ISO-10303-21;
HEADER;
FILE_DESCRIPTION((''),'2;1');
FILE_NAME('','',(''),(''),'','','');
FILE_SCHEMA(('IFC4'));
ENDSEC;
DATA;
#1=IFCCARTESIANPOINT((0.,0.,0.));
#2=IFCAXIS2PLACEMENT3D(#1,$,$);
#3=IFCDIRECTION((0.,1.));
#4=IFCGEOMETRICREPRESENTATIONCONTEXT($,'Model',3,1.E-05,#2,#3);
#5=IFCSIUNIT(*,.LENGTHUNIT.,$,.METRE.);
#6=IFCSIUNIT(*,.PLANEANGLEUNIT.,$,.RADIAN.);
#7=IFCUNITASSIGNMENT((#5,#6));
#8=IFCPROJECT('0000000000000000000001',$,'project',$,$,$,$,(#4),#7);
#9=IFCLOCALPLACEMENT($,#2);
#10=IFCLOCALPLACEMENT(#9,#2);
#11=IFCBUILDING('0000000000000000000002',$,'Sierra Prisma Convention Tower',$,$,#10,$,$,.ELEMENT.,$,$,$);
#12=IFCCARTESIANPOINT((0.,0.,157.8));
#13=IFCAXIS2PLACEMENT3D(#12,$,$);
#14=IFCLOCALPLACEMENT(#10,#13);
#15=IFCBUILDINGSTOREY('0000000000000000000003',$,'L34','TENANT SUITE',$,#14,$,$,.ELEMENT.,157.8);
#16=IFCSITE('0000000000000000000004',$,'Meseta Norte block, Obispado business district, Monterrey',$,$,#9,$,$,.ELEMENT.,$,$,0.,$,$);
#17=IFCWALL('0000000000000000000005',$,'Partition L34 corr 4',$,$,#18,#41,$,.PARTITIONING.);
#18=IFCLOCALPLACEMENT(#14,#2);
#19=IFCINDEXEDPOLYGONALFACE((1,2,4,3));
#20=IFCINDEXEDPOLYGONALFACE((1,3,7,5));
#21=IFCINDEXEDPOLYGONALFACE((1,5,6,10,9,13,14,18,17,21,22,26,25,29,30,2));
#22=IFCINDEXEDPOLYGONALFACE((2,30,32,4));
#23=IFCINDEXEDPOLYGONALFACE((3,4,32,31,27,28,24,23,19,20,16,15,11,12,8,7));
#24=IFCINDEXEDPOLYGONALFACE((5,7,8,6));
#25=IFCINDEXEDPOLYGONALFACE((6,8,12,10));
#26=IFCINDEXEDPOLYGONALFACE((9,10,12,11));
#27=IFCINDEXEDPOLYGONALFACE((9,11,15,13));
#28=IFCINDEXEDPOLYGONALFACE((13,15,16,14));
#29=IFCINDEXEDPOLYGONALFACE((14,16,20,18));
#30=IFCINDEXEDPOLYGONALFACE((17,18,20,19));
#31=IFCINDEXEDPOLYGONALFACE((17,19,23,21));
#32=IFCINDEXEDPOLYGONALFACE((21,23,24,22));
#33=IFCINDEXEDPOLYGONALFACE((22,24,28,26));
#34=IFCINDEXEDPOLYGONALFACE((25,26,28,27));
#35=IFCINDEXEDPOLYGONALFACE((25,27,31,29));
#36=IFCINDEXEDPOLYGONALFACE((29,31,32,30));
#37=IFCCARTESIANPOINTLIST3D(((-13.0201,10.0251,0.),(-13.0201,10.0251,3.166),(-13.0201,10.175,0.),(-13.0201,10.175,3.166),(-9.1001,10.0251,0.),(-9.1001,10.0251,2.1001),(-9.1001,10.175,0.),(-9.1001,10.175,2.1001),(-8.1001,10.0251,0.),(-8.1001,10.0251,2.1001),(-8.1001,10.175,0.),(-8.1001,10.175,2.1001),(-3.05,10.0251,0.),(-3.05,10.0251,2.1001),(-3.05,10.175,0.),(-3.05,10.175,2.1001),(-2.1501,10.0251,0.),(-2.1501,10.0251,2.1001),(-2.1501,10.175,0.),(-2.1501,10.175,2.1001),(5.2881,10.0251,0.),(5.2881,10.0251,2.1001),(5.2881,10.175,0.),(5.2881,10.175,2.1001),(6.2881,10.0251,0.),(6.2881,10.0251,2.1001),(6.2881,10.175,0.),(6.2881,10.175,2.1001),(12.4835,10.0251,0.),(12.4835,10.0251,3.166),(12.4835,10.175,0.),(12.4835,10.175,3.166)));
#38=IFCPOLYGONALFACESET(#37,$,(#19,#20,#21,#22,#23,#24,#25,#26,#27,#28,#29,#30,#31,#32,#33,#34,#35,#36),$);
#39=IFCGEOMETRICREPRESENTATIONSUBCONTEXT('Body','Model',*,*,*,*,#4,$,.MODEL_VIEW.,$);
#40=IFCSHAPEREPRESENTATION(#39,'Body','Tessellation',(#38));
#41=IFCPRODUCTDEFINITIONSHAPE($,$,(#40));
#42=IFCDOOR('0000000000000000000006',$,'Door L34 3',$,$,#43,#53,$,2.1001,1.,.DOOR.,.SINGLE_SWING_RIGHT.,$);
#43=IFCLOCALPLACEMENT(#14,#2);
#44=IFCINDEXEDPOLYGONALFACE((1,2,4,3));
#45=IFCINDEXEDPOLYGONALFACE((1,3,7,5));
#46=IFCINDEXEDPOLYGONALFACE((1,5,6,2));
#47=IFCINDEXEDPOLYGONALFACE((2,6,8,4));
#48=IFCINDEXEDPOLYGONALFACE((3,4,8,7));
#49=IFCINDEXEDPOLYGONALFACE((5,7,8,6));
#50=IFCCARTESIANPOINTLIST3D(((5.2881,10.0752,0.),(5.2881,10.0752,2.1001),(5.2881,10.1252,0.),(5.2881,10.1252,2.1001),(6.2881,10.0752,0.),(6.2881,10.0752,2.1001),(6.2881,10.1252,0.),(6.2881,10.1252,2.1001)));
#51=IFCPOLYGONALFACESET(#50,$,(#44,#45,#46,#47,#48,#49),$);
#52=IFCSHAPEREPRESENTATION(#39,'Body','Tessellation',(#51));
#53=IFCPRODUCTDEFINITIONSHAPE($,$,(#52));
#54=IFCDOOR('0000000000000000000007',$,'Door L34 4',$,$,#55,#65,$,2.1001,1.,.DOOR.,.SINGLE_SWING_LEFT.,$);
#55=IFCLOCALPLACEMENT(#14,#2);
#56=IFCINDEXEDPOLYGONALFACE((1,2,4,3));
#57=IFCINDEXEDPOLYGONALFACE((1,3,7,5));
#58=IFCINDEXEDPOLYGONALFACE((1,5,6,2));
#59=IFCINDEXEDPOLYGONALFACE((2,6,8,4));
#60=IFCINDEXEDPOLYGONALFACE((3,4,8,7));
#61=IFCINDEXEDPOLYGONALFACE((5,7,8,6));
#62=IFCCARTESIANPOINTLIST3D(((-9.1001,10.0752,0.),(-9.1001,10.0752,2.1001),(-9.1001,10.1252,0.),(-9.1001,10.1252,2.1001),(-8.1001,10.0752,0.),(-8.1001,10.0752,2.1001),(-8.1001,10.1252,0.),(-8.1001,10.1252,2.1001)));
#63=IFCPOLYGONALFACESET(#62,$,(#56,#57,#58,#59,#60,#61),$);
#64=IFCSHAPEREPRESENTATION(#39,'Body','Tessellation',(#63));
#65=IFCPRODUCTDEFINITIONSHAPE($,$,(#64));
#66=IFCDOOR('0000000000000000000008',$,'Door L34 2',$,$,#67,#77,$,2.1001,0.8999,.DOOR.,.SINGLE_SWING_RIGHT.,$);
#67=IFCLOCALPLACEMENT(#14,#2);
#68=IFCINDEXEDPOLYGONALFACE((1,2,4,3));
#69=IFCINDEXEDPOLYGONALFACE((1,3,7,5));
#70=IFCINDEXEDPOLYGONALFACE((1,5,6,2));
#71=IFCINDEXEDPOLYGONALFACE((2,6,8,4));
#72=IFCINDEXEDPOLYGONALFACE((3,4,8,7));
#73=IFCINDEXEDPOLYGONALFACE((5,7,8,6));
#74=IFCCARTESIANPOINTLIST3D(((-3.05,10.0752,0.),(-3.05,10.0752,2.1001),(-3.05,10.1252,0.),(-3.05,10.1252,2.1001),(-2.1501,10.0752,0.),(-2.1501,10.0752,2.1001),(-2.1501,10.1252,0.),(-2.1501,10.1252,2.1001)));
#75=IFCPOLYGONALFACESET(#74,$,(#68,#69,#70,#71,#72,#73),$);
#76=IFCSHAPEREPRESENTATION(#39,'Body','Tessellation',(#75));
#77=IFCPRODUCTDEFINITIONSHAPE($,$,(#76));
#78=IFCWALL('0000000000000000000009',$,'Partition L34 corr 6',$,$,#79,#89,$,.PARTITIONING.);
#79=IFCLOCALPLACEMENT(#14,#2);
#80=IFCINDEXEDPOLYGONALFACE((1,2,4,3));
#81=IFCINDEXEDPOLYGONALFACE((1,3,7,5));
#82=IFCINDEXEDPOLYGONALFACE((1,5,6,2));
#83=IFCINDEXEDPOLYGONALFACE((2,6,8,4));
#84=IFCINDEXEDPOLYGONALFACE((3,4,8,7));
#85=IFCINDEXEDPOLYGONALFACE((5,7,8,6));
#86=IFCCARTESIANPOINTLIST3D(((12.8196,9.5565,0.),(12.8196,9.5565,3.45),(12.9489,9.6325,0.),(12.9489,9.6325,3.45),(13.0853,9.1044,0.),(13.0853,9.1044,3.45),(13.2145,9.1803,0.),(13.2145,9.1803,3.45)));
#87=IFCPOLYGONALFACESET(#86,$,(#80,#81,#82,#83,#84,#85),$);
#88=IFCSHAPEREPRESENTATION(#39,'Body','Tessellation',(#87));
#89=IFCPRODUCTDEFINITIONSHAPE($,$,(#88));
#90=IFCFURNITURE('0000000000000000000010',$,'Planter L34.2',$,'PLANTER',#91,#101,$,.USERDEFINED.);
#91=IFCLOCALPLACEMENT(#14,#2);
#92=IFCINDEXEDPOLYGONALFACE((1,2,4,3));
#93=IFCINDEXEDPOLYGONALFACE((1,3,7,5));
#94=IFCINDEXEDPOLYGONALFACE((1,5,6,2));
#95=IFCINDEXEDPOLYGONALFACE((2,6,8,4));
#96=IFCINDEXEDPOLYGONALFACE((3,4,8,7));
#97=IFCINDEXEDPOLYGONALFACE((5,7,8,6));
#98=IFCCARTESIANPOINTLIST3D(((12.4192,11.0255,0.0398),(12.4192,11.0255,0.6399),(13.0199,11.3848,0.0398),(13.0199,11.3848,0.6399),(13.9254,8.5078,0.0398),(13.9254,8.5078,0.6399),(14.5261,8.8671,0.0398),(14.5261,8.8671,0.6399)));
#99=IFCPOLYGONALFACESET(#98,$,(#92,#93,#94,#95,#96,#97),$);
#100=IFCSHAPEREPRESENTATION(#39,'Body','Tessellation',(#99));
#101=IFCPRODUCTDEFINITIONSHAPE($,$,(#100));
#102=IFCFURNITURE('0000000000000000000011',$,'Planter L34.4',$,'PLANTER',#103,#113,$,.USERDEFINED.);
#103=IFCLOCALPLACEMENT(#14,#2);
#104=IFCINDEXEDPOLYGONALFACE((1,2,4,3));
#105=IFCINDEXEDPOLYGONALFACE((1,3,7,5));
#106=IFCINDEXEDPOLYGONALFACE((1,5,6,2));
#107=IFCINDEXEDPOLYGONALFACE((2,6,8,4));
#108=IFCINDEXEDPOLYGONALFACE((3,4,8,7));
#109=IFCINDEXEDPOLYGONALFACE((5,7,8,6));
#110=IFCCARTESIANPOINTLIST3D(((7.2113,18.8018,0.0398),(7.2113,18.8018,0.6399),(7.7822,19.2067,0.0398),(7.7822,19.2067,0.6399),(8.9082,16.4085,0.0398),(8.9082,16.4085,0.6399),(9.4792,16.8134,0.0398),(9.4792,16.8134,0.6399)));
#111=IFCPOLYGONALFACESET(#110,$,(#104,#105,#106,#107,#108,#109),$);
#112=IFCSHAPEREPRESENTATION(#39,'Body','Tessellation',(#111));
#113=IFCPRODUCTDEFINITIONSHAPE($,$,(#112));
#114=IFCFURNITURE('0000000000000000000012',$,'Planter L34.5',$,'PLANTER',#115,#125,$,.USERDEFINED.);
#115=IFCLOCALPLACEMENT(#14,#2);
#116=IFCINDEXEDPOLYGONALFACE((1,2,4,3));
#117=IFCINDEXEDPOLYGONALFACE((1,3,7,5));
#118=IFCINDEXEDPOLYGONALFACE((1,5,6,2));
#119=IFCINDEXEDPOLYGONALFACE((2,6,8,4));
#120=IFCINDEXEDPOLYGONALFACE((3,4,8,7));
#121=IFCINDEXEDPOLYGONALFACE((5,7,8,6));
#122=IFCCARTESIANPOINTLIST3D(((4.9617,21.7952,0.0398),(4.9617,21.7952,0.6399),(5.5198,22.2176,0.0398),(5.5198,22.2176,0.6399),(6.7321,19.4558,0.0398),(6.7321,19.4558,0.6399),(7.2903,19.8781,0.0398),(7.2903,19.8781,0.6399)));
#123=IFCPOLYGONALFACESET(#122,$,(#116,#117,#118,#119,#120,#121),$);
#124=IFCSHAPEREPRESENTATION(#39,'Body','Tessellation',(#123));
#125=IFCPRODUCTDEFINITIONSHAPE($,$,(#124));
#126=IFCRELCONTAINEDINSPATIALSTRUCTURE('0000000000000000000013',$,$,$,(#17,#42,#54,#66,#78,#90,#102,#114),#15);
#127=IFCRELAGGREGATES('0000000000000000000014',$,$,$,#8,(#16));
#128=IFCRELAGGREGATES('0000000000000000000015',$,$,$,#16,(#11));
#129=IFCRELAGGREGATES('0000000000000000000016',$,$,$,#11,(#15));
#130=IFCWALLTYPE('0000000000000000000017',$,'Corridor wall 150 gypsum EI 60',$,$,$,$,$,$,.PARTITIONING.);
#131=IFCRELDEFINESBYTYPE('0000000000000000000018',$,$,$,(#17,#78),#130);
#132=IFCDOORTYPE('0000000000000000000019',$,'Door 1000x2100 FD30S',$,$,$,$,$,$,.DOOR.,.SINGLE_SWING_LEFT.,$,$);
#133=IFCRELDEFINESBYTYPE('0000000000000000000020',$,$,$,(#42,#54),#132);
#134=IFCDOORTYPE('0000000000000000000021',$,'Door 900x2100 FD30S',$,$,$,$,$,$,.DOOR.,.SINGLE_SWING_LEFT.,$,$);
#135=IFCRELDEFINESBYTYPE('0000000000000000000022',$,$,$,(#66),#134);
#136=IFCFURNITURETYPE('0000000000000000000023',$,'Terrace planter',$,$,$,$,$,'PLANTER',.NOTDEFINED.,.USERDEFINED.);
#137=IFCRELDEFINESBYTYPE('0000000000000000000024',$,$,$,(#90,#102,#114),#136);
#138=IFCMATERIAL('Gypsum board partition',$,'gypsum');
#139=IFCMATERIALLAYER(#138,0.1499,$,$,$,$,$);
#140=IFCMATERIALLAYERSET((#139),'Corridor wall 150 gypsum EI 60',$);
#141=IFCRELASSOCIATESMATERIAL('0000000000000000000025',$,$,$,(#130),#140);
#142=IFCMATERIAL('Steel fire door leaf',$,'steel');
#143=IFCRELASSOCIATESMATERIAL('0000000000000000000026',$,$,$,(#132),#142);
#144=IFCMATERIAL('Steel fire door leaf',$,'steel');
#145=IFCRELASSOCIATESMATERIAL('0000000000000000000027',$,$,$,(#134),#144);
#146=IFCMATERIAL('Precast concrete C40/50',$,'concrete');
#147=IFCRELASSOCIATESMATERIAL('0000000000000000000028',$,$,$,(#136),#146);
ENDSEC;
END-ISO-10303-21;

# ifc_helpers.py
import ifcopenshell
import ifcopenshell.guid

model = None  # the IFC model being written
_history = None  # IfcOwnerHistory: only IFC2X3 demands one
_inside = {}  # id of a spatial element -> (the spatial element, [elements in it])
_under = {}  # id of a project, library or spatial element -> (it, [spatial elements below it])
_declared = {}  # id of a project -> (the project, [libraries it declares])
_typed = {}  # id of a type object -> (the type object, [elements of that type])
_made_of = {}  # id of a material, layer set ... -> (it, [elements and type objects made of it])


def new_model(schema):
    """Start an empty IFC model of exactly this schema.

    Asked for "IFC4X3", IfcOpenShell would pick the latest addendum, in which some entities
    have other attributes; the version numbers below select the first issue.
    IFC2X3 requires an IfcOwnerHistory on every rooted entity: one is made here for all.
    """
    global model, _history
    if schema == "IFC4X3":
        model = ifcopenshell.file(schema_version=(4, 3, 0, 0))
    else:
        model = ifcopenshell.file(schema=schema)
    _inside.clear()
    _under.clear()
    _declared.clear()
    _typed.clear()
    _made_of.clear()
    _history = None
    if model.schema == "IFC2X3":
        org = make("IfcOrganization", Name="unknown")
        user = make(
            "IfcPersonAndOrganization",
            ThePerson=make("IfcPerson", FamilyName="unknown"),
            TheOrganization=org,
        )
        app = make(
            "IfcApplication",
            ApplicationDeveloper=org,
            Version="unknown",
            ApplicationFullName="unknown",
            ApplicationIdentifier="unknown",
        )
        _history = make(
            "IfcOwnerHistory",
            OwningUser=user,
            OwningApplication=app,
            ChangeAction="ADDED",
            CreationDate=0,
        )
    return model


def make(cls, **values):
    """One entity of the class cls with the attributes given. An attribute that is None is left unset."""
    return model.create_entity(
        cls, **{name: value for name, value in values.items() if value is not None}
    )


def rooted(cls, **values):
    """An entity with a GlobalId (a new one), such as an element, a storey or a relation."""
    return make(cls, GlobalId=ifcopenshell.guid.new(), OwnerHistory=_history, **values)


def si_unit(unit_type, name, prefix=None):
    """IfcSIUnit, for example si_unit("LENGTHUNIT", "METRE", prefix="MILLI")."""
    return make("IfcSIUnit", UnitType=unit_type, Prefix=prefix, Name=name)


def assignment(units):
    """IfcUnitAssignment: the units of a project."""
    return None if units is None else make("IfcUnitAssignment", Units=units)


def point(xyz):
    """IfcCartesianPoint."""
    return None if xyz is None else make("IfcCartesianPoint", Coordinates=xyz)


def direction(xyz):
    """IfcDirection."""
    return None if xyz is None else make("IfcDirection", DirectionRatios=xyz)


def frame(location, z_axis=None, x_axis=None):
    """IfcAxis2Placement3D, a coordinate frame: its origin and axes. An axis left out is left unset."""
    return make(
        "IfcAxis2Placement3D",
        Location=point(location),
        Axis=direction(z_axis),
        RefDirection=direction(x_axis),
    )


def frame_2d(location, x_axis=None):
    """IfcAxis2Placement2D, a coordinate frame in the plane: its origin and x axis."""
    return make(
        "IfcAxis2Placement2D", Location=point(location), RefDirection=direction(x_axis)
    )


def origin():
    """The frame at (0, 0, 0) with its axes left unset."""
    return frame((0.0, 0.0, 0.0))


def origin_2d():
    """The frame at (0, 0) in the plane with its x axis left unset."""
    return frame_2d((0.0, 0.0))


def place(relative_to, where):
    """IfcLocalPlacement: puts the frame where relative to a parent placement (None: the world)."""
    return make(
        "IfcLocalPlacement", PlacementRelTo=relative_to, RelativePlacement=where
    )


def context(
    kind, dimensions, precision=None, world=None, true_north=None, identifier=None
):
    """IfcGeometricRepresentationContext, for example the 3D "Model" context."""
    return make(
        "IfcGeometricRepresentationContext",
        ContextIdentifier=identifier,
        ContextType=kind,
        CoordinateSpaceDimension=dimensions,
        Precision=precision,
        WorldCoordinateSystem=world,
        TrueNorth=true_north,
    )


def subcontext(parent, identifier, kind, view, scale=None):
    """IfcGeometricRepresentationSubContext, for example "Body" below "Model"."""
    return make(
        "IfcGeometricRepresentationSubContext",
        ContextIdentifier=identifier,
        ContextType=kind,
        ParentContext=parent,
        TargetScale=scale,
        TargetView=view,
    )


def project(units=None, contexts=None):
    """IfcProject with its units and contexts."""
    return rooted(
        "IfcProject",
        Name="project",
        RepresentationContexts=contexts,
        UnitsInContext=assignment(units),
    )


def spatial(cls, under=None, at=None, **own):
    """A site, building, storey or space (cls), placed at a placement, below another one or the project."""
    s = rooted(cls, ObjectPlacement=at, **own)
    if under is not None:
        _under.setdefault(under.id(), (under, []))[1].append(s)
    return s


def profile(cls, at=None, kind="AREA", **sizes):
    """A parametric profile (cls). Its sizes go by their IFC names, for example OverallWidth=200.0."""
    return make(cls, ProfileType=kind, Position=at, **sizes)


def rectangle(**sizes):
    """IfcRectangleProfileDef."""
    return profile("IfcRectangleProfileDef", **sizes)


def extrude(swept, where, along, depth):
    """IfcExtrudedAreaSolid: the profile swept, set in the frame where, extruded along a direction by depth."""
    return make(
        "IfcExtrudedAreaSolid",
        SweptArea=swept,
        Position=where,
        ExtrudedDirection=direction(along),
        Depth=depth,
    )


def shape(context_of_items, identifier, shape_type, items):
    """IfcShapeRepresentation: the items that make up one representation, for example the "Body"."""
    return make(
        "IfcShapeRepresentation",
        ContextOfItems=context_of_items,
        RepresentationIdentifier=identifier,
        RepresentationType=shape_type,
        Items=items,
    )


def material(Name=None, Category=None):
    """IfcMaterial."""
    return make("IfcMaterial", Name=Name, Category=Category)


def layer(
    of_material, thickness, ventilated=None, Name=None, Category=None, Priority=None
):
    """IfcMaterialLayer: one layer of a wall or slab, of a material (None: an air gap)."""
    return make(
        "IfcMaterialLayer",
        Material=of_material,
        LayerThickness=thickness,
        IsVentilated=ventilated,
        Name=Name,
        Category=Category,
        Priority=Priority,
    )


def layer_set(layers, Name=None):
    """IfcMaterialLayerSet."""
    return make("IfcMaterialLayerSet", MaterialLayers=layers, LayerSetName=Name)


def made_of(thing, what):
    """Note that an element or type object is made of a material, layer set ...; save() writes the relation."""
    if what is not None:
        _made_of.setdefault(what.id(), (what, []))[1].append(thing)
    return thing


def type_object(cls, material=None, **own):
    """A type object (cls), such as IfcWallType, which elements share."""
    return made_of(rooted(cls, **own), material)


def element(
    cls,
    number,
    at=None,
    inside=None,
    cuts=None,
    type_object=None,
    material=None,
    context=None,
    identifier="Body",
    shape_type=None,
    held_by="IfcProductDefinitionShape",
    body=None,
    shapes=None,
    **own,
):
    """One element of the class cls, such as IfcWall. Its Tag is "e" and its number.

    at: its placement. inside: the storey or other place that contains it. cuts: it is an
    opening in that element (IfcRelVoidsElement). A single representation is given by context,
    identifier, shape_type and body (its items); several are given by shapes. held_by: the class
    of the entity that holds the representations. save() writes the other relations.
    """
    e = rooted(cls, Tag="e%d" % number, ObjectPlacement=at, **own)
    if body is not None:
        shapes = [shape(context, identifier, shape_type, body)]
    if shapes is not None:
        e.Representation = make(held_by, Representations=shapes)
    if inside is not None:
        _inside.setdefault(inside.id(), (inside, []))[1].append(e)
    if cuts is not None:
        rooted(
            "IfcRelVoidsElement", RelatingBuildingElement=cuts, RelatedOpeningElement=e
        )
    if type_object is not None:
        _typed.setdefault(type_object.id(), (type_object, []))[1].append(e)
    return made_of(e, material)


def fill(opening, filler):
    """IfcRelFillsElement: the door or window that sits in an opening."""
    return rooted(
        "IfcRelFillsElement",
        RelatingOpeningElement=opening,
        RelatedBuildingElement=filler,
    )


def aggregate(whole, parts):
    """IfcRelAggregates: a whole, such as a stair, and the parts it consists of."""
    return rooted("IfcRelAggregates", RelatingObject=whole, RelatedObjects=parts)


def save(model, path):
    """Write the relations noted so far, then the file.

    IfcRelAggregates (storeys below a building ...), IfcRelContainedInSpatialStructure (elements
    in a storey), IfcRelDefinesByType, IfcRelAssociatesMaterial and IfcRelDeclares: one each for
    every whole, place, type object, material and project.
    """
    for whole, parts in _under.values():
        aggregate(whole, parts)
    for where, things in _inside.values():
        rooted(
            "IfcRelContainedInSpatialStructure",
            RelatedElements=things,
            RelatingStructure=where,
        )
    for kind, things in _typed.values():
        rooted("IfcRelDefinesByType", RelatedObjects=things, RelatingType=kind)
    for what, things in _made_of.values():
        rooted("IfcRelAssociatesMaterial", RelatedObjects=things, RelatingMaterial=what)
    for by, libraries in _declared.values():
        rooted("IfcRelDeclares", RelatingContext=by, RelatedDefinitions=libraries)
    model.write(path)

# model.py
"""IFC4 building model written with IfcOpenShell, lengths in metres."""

from ifc_helpers import new_model, si_unit, direction, frame, frame_2d, origin, origin_2d, place, context, subcontext, project, spatial, rectangle, extrude, material, layer, layer_set, type_object, element, fill, save


model = new_model("IFC4")

# Units and contexts
model_context = context("Model", 3, precision=1e-05, world=origin(), true_north=direction((0.0, 1.0)))
body_context = subcontext(model_context, "Body", "Model", "MODEL_VIEW")
ifc_project = project(units=[si_unit("LENGTHUNIT", "METRE"), si_unit("PLANEANGLEUNIT", "RADIAN")], contexts=[model_context])

# Site, building, storey
site_placement = place(None, origin())
site = spatial("IfcSite", under=ifc_project, at=site_placement, Name="Meseta Norte block, Obispado business district, Monterrey", CompositionType="ELEMENT", RefElevation=0.0)
building_placement = place(site_placement, origin())
building = spatial("IfcBuilding", under=site, at=building_placement, Name="Sierra Prisma Convention Tower", CompositionType="ELEMENT")
storey_placement = place(building_placement, frame((0.0, 0.0, 157.8)))
storey = spatial("IfcBuildingStorey", under=building, at=storey_placement, Name="L34", Description="TENANT SUITE", CompositionType="ELEMENT", Elevation=157.8)

# Shared definitions
ifc_material_1 = material(Name="Gypsum board partition", Category="gypsum")
ifc_layer_1 = layer(ifc_material_1, 0.1499)
ifc_layer_set_1 = layer_set([ifc_layer_1], Name="Corridor wall 150 gypsum EI 60")
wall_type_1 = type_object("IfcWallType", Name="Corridor wall 150 gypsum EI 60", PredefinedType="PARTITIONING", material=ifc_layer_set_1)

# Wall, openings, doors
wall_1_placement = place(storey_placement, frame((12.4836, 10.1001, 0.0), z_axis=(0.0, 0.0, 1.0), x_axis=(-1.0, 0.0, 0.0)))
wall_1 = element("IfcWall", 1, at=wall_1_placement, inside=storey, type_object=wall_type_1, Name="Partition L34 corr 4", PredefinedType="PARTITIONING", context=body_context, shape_type="SweptSolid", body=[
    extrude(rectangle(XDim=25.5037, YDim=0.1499, at=frame_2d((12.752, 0.0))), origin(), (0.0, 0.0, 1.0), 3.166),
])
opening_1_placement = place(wall_1_placement, frame((14.6338, 0.0, 0.0)))
opening_1 = element("IfcOpeningElement", 2, at=opening_1_placement, cuts=wall_1, PredefinedType="OPENING", context=body_context, shape_type="SweptSolid", body=[
    extrude(rectangle(XDim=0.8999, YDim=2.1001, at=frame_2d((0.45, 1.05))), frame((0.0, 0.075, 0.0), z_axis=(0.0, -1.0, 0.0), x_axis=(1.0, 0.0, 0.0)), (0.0, 0.0, 1.0), 0.1499),
])
opening_2_placement = place(wall_1_placement, frame((6.1956, 0.0, 0.0)))
opening_2 = element("IfcOpeningElement", 3, at=opening_2_placement, cuts=wall_1, PredefinedType="OPENING", context=body_context, shape_type="SweptSolid", body=[
    extrude(rectangle(XDim=1.0, YDim=2.1001, at=frame_2d((0.5, 1.05))), frame((0.0, 0.075, 0.0), z_axis=(0.0, -1.0, 0.0), x_axis=(1.0, 0.0, 0.0)), (0.0, 0.0, 1.0), 0.1499),
])
opening_3_placement = place(wall_1_placement, frame((20.5837, 0.0, 0.0)))
opening_3 = element("IfcOpeningElement", 4, at=opening_3_placement, cuts=wall_1, PredefinedType="OPENING", context=body_context, shape_type="SweptSolid", body=[
    extrude(rectangle(XDim=1.0, YDim=2.1001, at=frame_2d((0.5, 1.05))), frame((0.0, 0.075, 0.0), z_axis=(0.0, -1.0, 0.0), x_axis=(1.0, 0.0, 0.0)), (0.0, 0.0, 1.0), 0.1499),
])
ifc_material_2 = material(Name="Steel fire door leaf", Category="steel")
door_type_1 = type_object("IfcDoorType", Name="Door 1000x2100 FD30S", OperationType="SINGLE_SWING_LEFT", PredefinedType="DOOR", material=ifc_material_2)
door_1_placement = place(opening_2_placement, origin())
door_1 = element("IfcDoor", 5, at=door_1_placement, inside=storey, type_object=door_type_1, Name="Door L34 3", OperationType="SINGLE_SWING_RIGHT", OverallHeight=2.1001, OverallWidth=1.0, PredefinedType="DOOR", context=body_context, shape_type="SweptSolid", body=[
    extrude(rectangle(XDim=1.0, YDim=2.1001, at=frame_2d((0.5, 1.05))), frame((0.0, 0.0249, 0.0), z_axis=(0.0, -1.0, 0.0), x_axis=(1.0, 0.0, 0.0)), (0.0, 0.0, 1.0), 0.05),
])
fill(opening_2, door_1)
door_2_placement = place(opening_3_placement, origin())
door_2 = element("IfcDoor", 6, at=door_2_placement, inside=storey, type_object=door_type_1, Name="Door L34 4", OperationType="SINGLE_SWING_LEFT", OverallHeight=2.1001, OverallWidth=1.0, PredefinedType="DOOR", context=body_context, shape_type="SweptSolid", body=[
    extrude(rectangle(XDim=1.0, YDim=2.1001, at=frame_2d((0.5, 1.05))), frame((0.0, 0.0249, 0.0), z_axis=(0.0, -1.0, 0.0), x_axis=(1.0, 0.0, 0.0)), (0.0, 0.0, 1.0), 0.05),
])
fill(opening_3, door_2)
ifc_material_3 = material(Name="Steel fire door leaf", Category="steel")
door_type_2 = type_object("IfcDoorType", Name="Door 900x2100 FD30S", OperationType="SINGLE_SWING_LEFT", PredefinedType="DOOR", material=ifc_material_3)
door_3_placement = place(opening_1_placement, origin())
door_3 = element("IfcDoor", 7, at=door_3_placement, inside=storey, type_object=door_type_2, Name="Door L34 2", OperationType="SINGLE_SWING_RIGHT", OverallHeight=2.1001, OverallWidth=0.8999, PredefinedType="DOOR", context=body_context, shape_type="SweptSolid", body=[
    extrude(rectangle(XDim=0.8999, YDim=2.1001, at=frame_2d((0.45, 1.05))), frame((0.0, 0.0249, 0.0), z_axis=(0.0, -1.0, 0.0), x_axis=(1.0, 0.0, 0.0)), (0.0, 0.0, 1.0), 0.05),
])
fill(opening_1, door_3)

# Wall
wall_2_placement = place(storey_placement, frame((13.1499, 9.1423, 0.0), z_axis=(0.0, 0.0, 1.0), x_axis=(-0.506532, 0.862221, 0.0)))
element("IfcWall", 8, at=wall_2_placement, inside=storey, type_object=wall_type_1, Name="Partition L34 corr 6", PredefinedType="PARTITIONING", context=body_context, shape_type="SweptSolid", body=[
    extrude(rectangle(XDim=0.5244, YDim=0.1499, at=frame_2d((0.2622, 0.0))), origin(), (0.0, 0.0, 1.0), 3.45),
])

# Furniture
ifc_material_4 = material(Name="Precast concrete C40/50", Category="concrete")
furniture_type = type_object("IfcFurnitureType", Name="Terrace planter", ElementType="PLANTER", AssemblyPlace="NOTDEFINED", PredefinedType="USERDEFINED", material=ifc_material_4)
for number, where, z_axis, x_axis, name in (
    (9, (13.4727, 9.9463, 0.0398), (0.0, 0.0, 1.0), (-0.513386, 0.858158, 0.0), "Planter L34.2"),
    (10, (8.3452, 17.8076, 0.0398), (0.0, 0.0, 1.0), (-0.578396, 0.815756, 0.0), "Planter L34.4"),
    (11, (6.126, 20.8367, 0.0398), (0.0, 0.0, 1.0), (-0.603446, 0.797404, 0.0), "Planter L34.5"),
):
    element("IfcFurniture", number, at=place(storey_placement, frame(where, z_axis=z_axis, x_axis=x_axis)), inside=storey, type_object=furniture_type, Name=name, ObjectType="PLANTER", PredefinedType="USERDEFINED", context=body_context, shape_type="SweptSolid", body=[
        extrude(rectangle(XDim=2.9338, YDim=0.7, at=origin_2d()), origin(), (0.0, 0.0, 1.0), 0.6001),
    ])

save(model, "model.ifc")
